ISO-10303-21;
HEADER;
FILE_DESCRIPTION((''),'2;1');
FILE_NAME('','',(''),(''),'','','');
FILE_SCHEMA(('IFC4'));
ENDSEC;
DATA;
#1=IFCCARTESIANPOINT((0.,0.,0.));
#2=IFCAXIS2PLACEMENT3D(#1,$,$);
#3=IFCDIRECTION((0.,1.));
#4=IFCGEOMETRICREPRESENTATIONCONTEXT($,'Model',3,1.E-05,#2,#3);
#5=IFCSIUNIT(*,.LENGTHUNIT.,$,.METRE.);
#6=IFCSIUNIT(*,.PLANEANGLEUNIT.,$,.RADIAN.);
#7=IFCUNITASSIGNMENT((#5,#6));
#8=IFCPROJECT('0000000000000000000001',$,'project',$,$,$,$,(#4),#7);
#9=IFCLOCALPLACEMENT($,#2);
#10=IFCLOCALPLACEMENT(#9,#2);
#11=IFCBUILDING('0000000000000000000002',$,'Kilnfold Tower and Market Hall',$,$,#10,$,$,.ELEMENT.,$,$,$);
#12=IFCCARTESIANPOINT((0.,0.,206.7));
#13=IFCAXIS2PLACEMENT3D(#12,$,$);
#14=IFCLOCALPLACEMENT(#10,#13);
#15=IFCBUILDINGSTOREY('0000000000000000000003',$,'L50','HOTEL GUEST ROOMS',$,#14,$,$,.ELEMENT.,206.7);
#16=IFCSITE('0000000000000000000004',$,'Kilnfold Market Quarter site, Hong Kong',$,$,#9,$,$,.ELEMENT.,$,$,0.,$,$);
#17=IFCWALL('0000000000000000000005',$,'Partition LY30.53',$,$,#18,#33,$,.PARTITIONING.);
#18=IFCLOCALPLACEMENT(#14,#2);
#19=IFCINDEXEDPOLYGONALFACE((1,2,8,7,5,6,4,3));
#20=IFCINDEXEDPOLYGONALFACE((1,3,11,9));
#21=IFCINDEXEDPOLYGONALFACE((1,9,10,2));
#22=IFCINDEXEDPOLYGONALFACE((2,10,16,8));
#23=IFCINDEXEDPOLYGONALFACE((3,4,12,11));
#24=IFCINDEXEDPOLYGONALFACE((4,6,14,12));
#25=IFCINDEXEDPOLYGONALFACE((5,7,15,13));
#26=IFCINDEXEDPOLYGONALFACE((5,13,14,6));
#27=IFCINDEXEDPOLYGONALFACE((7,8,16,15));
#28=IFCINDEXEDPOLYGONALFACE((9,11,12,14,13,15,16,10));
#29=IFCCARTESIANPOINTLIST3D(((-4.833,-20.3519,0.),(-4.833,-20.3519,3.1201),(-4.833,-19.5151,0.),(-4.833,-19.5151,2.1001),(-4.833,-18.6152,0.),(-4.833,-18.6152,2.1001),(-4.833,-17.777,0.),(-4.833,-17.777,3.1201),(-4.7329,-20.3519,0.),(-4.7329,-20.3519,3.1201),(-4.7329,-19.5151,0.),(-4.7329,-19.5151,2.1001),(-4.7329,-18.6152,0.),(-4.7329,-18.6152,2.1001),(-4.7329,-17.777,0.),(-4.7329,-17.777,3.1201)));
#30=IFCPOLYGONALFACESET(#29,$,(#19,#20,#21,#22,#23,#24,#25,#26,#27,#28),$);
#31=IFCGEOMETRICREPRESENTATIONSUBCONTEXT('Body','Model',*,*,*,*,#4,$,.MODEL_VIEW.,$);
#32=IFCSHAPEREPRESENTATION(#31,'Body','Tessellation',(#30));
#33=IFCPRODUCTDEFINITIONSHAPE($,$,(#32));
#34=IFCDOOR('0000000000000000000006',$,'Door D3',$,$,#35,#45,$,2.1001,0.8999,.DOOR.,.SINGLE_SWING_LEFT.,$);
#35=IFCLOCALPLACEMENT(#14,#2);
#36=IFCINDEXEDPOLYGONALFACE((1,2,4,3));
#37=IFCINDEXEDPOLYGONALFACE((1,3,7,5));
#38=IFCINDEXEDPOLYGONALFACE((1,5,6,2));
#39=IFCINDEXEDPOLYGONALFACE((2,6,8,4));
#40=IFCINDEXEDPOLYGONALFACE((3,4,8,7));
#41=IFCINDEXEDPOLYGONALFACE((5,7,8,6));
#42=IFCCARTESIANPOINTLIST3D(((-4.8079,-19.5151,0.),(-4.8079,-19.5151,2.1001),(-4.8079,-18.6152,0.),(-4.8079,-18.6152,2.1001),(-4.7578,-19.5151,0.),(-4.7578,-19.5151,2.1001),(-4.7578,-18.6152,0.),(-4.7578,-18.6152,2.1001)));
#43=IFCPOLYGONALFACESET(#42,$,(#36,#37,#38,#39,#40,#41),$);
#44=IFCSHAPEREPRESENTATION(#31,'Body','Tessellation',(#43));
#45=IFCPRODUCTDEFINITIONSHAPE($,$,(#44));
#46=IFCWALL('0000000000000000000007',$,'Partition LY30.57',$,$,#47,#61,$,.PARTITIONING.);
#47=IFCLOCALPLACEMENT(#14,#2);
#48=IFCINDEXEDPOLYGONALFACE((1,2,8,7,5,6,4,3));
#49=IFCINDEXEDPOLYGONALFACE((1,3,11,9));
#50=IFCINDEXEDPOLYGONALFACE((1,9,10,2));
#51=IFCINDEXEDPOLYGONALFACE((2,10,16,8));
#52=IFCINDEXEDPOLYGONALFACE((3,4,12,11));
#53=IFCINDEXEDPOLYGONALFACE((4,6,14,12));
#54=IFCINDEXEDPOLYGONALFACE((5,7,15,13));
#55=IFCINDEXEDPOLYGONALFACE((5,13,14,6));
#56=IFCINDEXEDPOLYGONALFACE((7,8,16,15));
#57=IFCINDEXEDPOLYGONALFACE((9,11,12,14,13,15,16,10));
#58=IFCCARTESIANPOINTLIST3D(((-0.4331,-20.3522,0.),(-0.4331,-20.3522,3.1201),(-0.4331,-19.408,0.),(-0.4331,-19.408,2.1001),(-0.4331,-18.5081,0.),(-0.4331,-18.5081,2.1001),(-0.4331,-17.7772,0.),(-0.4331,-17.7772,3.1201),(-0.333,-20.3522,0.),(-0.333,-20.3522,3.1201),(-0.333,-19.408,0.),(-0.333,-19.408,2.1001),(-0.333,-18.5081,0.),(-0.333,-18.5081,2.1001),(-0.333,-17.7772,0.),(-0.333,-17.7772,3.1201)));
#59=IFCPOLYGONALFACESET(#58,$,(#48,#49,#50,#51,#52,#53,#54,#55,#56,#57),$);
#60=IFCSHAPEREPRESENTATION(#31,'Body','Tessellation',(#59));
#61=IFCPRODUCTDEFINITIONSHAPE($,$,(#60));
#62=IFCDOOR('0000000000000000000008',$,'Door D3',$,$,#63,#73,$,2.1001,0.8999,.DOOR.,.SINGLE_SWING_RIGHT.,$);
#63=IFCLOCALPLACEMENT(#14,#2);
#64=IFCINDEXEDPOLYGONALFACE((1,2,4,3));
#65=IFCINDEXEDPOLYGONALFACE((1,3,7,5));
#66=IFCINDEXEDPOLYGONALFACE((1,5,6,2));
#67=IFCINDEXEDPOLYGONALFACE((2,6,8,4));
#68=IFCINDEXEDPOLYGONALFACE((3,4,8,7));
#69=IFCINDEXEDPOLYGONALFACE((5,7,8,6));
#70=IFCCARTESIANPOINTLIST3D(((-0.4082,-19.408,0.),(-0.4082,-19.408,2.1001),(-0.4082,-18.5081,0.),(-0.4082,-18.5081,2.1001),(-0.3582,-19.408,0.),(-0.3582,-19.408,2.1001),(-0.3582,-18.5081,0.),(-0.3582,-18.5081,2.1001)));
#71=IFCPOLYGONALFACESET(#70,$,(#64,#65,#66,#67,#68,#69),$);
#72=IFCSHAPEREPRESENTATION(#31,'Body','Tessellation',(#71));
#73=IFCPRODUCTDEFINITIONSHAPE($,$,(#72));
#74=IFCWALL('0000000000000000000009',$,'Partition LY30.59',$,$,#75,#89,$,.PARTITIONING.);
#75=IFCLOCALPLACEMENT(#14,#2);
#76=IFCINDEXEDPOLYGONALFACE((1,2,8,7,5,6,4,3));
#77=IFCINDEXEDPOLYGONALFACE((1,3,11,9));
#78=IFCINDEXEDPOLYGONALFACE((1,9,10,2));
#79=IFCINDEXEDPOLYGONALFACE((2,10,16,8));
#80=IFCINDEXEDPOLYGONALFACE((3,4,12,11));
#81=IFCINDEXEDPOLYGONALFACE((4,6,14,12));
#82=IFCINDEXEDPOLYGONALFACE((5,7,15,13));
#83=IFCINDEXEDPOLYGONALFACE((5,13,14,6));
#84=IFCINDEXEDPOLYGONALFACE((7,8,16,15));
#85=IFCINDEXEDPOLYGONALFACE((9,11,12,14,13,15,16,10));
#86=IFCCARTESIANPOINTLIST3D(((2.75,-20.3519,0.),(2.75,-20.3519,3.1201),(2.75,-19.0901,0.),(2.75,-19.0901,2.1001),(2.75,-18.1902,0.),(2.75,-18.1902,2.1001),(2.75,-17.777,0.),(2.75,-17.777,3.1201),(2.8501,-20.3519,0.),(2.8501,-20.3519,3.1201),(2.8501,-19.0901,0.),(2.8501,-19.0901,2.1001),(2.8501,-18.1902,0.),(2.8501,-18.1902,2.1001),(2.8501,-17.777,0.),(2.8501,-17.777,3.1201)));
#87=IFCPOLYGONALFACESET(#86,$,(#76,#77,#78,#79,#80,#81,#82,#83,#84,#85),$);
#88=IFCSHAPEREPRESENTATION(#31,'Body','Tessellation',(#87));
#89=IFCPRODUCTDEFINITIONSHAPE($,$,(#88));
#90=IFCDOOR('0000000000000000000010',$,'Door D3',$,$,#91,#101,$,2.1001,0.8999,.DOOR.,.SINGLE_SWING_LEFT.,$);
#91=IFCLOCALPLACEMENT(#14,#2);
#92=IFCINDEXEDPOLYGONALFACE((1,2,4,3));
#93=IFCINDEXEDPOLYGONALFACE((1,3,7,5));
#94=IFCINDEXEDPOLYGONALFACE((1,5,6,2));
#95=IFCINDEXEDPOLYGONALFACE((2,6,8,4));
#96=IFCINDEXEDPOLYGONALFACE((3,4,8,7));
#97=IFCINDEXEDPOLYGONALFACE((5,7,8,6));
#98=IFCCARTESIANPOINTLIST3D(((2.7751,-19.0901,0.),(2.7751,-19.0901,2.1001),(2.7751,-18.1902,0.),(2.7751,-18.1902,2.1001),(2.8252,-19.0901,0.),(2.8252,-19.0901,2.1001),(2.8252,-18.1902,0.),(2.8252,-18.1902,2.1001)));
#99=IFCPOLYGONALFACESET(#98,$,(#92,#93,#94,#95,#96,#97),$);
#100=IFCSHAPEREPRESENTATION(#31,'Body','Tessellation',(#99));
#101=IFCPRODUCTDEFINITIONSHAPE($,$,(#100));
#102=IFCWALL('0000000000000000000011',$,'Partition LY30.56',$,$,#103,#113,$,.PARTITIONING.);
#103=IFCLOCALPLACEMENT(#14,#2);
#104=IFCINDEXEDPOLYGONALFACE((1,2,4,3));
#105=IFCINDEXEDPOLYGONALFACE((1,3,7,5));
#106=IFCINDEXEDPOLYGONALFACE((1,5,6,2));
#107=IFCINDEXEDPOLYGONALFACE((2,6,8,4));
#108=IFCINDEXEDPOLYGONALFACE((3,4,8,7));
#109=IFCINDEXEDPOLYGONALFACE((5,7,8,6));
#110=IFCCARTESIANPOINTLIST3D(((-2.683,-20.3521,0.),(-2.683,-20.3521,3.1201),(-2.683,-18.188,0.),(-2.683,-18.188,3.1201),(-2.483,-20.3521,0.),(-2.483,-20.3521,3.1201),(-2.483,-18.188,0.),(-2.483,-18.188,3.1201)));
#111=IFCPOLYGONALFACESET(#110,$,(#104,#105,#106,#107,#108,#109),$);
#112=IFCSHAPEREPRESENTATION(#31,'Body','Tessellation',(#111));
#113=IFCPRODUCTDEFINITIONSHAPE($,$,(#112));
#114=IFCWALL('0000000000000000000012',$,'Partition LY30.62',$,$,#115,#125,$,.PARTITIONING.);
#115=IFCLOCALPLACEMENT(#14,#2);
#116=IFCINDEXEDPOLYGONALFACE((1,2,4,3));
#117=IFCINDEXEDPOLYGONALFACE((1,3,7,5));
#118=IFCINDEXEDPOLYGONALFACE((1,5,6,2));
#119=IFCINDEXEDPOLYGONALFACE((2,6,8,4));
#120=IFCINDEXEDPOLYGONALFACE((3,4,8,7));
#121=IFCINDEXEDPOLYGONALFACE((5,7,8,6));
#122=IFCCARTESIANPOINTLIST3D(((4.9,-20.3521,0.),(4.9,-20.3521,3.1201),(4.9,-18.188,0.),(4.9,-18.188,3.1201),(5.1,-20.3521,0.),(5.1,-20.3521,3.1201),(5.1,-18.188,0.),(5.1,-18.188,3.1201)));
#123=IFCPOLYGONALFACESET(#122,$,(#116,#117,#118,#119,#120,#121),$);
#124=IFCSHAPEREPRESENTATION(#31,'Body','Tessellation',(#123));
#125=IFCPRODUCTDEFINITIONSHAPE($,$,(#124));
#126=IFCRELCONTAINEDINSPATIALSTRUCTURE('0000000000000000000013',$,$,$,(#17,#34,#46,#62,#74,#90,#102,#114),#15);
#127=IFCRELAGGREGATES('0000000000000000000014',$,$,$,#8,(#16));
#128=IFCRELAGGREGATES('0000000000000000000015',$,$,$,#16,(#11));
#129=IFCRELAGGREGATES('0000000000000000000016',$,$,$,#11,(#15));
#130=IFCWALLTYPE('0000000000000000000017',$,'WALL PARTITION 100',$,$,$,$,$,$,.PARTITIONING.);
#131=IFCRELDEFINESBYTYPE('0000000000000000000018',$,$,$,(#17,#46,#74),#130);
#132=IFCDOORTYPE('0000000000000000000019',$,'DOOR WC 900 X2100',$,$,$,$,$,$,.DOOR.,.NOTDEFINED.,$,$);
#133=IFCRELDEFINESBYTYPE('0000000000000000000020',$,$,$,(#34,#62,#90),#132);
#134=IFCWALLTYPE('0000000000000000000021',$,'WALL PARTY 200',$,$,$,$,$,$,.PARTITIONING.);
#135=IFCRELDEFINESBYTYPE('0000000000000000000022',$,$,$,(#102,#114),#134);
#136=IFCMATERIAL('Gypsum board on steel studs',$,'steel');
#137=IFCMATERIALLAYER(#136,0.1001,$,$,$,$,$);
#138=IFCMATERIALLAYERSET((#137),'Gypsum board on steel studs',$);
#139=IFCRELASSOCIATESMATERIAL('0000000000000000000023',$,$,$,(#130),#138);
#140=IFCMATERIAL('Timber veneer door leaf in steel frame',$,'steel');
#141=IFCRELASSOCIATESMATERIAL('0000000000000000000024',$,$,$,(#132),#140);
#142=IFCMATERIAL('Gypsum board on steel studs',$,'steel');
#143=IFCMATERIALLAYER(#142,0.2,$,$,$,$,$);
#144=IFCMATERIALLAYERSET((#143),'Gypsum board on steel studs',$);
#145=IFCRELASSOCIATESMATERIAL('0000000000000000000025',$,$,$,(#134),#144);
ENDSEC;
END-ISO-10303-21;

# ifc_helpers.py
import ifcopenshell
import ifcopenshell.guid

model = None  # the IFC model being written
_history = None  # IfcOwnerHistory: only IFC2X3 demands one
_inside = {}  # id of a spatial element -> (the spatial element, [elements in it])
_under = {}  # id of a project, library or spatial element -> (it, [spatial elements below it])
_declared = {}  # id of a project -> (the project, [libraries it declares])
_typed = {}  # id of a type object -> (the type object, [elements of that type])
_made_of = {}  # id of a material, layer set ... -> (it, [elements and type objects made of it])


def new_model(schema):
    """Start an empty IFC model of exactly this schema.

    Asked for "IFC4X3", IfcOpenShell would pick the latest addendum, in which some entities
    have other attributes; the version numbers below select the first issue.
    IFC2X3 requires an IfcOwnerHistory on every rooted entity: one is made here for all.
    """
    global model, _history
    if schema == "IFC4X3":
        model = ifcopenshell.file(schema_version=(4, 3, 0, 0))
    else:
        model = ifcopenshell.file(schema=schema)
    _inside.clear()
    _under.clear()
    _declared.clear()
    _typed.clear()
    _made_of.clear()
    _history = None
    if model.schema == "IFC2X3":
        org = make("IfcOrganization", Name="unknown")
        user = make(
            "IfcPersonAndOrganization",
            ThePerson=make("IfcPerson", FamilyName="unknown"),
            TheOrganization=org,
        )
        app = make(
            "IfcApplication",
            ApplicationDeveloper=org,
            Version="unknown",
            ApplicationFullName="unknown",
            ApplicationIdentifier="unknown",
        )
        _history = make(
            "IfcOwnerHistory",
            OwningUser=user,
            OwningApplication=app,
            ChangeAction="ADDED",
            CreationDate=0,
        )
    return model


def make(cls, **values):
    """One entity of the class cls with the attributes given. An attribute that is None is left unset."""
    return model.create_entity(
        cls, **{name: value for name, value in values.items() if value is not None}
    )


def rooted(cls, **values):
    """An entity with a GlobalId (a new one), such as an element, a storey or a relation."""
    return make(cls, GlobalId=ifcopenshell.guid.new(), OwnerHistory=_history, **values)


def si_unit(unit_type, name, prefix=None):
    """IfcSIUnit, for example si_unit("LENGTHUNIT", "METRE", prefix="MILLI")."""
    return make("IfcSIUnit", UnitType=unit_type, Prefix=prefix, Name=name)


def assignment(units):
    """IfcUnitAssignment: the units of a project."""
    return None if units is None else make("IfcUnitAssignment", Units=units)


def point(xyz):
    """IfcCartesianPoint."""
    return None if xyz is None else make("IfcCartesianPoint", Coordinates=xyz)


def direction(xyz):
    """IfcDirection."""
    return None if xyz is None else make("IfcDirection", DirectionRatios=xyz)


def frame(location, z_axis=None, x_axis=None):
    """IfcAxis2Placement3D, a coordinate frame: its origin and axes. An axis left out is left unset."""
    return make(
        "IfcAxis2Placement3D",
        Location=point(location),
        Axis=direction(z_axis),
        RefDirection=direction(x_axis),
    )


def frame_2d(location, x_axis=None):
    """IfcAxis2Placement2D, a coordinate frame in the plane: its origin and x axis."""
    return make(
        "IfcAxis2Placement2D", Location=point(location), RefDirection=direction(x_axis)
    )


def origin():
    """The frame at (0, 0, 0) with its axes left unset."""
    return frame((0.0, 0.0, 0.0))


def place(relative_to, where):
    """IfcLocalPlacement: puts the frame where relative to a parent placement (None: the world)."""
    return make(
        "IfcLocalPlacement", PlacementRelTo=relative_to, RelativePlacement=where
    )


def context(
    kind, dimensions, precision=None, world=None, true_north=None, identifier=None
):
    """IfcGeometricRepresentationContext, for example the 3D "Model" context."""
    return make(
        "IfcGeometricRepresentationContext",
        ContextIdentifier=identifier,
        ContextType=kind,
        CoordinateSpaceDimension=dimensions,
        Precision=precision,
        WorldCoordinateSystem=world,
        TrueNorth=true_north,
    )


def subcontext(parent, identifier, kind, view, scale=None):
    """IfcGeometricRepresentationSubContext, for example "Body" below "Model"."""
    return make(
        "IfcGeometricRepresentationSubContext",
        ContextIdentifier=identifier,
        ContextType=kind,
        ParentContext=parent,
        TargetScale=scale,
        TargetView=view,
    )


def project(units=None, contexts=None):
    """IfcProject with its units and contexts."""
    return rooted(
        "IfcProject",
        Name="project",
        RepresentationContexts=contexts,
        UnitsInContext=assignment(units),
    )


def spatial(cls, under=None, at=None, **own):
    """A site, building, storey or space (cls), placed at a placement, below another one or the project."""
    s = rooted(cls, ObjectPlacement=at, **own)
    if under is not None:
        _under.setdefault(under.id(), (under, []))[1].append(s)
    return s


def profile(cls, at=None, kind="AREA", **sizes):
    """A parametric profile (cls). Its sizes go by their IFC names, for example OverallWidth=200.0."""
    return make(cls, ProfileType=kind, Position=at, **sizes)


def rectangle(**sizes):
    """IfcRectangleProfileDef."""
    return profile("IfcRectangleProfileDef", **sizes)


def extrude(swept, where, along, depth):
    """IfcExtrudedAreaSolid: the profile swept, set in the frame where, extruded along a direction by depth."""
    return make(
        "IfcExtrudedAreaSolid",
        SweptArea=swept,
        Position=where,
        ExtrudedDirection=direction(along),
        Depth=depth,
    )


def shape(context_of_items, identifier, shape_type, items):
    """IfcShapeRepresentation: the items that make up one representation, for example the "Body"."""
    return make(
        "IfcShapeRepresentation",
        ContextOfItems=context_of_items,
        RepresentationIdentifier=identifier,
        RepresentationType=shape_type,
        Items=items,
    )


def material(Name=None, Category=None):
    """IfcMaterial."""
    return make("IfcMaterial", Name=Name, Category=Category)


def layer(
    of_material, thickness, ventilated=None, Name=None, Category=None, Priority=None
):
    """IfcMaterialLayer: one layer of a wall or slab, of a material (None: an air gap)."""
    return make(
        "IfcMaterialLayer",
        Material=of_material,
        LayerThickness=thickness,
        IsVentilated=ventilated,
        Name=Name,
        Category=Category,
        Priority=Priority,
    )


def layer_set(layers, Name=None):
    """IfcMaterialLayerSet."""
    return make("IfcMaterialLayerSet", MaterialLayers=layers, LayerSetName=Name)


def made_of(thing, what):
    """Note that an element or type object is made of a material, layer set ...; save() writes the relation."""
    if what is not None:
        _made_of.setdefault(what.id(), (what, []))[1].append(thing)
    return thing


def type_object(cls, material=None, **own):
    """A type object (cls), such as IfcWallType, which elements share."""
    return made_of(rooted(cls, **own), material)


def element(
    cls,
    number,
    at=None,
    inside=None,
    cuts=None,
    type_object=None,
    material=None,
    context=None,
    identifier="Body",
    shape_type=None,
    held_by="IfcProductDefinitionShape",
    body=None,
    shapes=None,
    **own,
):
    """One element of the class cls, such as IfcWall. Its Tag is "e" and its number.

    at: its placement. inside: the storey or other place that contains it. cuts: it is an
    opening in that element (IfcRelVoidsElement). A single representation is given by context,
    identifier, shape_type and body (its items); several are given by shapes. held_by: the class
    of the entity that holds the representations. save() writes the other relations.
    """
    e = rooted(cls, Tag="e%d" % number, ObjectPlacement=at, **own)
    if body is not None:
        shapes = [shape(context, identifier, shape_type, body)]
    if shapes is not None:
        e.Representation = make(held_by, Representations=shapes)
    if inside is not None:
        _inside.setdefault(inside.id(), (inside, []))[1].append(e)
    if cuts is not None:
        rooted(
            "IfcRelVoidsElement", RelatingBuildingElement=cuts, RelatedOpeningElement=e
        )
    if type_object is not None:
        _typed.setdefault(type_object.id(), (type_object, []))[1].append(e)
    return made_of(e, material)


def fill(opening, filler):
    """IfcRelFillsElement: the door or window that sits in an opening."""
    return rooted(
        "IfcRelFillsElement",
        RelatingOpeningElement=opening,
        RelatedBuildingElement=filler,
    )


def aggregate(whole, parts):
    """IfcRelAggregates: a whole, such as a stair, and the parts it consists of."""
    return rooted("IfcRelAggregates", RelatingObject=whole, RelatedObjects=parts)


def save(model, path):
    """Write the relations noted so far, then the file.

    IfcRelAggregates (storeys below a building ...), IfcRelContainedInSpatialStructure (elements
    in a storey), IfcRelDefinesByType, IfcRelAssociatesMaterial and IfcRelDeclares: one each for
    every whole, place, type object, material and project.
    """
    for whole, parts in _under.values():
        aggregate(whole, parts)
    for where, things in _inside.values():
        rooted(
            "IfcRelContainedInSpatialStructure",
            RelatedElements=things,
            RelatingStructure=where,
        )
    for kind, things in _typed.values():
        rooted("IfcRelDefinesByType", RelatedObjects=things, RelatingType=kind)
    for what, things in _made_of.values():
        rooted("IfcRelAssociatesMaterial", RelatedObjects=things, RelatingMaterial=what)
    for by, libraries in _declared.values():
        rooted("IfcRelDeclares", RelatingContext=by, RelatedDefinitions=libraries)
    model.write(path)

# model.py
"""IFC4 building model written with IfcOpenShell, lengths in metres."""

from ifc_helpers import new_model, si_unit, direction, frame, frame_2d, origin, place, context, subcontext, project, spatial, rectangle, extrude, material, layer, layer_set, type_object, element, fill, save


model = new_model("IFC4")

# Units and contexts
model_context = context("Model", 3, precision=1e-05, world=origin(), true_north=direction((0.0, 1.0)))
body_context = subcontext(model_context, "Body", "Model", "MODEL_VIEW")
ifc_project = project(units=[si_unit("LENGTHUNIT", "METRE"), si_unit("PLANEANGLEUNIT", "RADIAN")], contexts=[model_context])

# Site, building, storey
site_placement = place(None, origin())
site = spatial("IfcSite", under=ifc_project, at=site_placement, Name="Kilnfold Market Quarter site, Hong Kong", CompositionType="ELEMENT", RefElevation=0.0)
building_placement = place(site_placement, origin())
building = spatial("IfcBuilding", under=site, at=building_placement, Name="Kilnfold Tower and Market Hall", CompositionType="ELEMENT")
storey_placement = place(building_placement, frame((0.0, 0.0, 206.7)))
storey = spatial("IfcBuildingStorey", under=building, at=storey_placement, Name="L50", Description="HOTEL GUEST ROOMS", CompositionType="ELEMENT", Elevation=206.7)

# Walls, openings, doors
ifc_material_1 = material(Name="Gypsum board on steel studs", Category="steel")
ifc_layer_1 = layer(ifc_material_1, 0.1001)
ifc_layer_set_1 = layer_set([ifc_layer_1], Name="Gypsum board on steel studs")
wall_type_1 = type_object("IfcWallType", Name="WALL PARTITION 100", PredefinedType="PARTITIONING", material=ifc_layer_set_1)
ifc_material_2 = material(Name="Timber veneer door leaf in steel frame", Category="steel")
door_type_1 = type_object("IfcDoorType", Name="DOOR WC 900 X2100", OperationType="NOTDEFINED", PredefinedType="DOOR", material=ifc_material_2)
wall_1_placement = place(storey_placement, frame((-4.783, -20.3521, 0.0), z_axis=(0.0, 0.0, 1.0), x_axis=(0.0, 1.0, 0.0)))
wall_1 = element("IfcWall", 1, at=wall_1_placement, inside=storey, type_object=wall_type_1, Name="Partition LY30.53", PredefinedType="PARTITIONING", context=body_context, shape_type="SweptSolid", body=[
    extrude(rectangle(XDim=2.575, YDim=0.1001, at=frame_2d((1.2876, 0.0))), origin(), (0.0, 0.0, 1.0), 3.1201),
])
opening_1_placement = place(wall_1_placement, frame((0.8369, 0.0, 0.0)))
opening_1 = element("IfcOpeningElement", 2, at=opening_1_placement, cuts=wall_1, PredefinedType="OPENING", context=body_context, shape_type="SweptSolid", body=[
    extrude(rectangle(XDim=0.8999, YDim=2.1001, at=frame_2d((0.45, 1.05))), frame((0.0, 0.0601, 0.0), z_axis=(0.0, -1.0, 0.0), x_axis=(1.0, 0.0, 0.0)), (0.0, 0.0, 1.0), 0.1201),
])
door_1_placement = place(opening_1_placement, origin())
door_1 = element("IfcDoor", 3, at=door_1_placement, inside=storey, type_object=door_type_1, Name="Door D3", OperationType="SINGLE_SWING_LEFT", OverallHeight=2.1001, OverallWidth=0.8999, PredefinedType="DOOR", context=body_context, shape_type="SweptSolid", body=[
    extrude(rectangle(XDim=0.8999, YDim=2.1001, at=frame_2d((0.45, 1.05))), frame((0.0, 0.0249, 0.0), z_axis=(0.0, -1.0, 0.0), x_axis=(1.0, 0.0, 0.0)), (0.0, 0.0, 1.0), 0.05),
])
fill(opening_1, door_1)
wall_2_placement = place(storey_placement, frame((-0.3831, -17.7771, 0.0), z_axis=(0.0, 0.0, 1.0), x_axis=(0.0, -1.0, 0.0)))
wall_2 = element("IfcWall", 4, at=wall_2_placement, inside=storey, type_object=wall_type_1, Name="Partition LY30.57", PredefinedType="PARTITIONING", context=body_context, shape_type="SweptSolid", body=[
    extrude(rectangle(XDim=2.575, YDim=0.1001, at=frame_2d((1.2876, 0.0))), origin(), (0.0, 0.0, 1.0), 3.1201),
])
opening_2_placement = place(wall_2_placement, frame((0.731, 0.0, 0.0)))
opening_2 = element("IfcOpeningElement", 5, at=opening_2_placement, cuts=wall_2, PredefinedType="OPENING", context=body_context, shape_type="SweptSolid", body=[
    extrude(rectangle(XDim=0.8999, YDim=2.1001, at=frame_2d((0.45, 1.05))), frame((0.0, 0.0601, 0.0), z_axis=(0.0, -1.0, 0.0), x_axis=(1.0, 0.0, 0.0)), (0.0, 0.0, 1.0), 0.1201),
])
door_2_placement = place(opening_2_placement, origin())
door_2 = element("IfcDoor", 6, at=door_2_placement, inside=storey, type_object=door_type_1, Name="Door D3", OperationType="SINGLE_SWING_RIGHT", OverallHeight=2.1001, OverallWidth=0.8999, PredefinedType="DOOR", context=body_context, shape_type="SweptSolid", body=[
    extrude(rectangle(XDim=0.8999, YDim=2.1001, at=frame_2d((0.45, 1.05))), frame((0.0, 0.0249, 0.0), z_axis=(0.0, -1.0, 0.0), x_axis=(1.0, 0.0, 0.0)), (0.0, 0.0, 1.0), 0.05),
])
fill(opening_2, door_2)
wall_3_placement = place(storey_placement, frame((2.8, -20.3521, 0.0), z_axis=(0.0, 0.0, 1.0), x_axis=(0.0, 1.0, 0.0)))
wall_3 = element("IfcWall", 7, at=wall_3_placement, inside=storey, type_object=wall_type_1, Name="Partition LY30.59", PredefinedType="PARTITIONING", context=body_context, shape_type="SweptSolid", body=[
    extrude(rectangle(XDim=2.575, YDim=0.1001, at=frame_2d((1.2876, 0.0))), origin(), (0.0, 0.0, 1.0), 3.1201),
])
opening_3_placement = place(wall_3_placement, frame((1.262, 0.0, 0.0)))
opening_3 = element("IfcOpeningElement", 8, at=opening_3_placement, cuts=wall_3, PredefinedType="OPENING", context=body_context, shape_type="SweptSolid", body=[
    extrude(rectangle(XDim=0.8999, YDim=2.1001, at=frame_2d((0.45, 1.05))), frame((0.0, 0.0601, 0.0), z_axis=(0.0, -1.0, 0.0), x_axis=(1.0, 0.0, 0.0)), (0.0, 0.0, 1.0), 0.1201),
])
door_3_placement = place(opening_3_placement, origin())
door_3 = element("IfcDoor", 9, at=door_3_placement, inside=storey, type_object=door_type_1, Name="Door D3", OperationType="SINGLE_SWING_LEFT", OverallHeight=2.1001, OverallWidth=0.8999, PredefinedType="DOOR", context=body_context, shape_type="SweptSolid", body=[
    extrude(rectangle(XDim=0.8999, YDim=2.1001, at=frame_2d((0.45, 1.05))), frame((0.0, 0.0249, 0.0), z_axis=(0.0, -1.0, 0.0), x_axis=(1.0, 0.0, 0.0)), (0.0, 0.0, 1.0), 0.05),
])
fill(opening_3, door_3)

# Walls
ifc_material_3 = material(Name="Gypsum board on steel studs", Category="steel")
ifc_layer_2 = layer(ifc_material_3, 0.2)
ifc_layer_set_2 = layer_set([ifc_layer_2], Name="Gypsum board on steel studs")
wall_type_2 = type_object("IfcWallType", Name="WALL PARTY 200", PredefinedType="PARTITIONING", material=ifc_layer_set_2)
for number, where, z_axis, x_axis, name in (
    (10, (-2.583, -20.3521, 0.0), (0.0, 0.0, 1.0), (0.0, 1.0, 0.0), "Partition LY30.56"),
    (11, (5.0, -20.3521, 0.0), (0.0, 0.0, 1.0), (0.0, 1.0, 0.0), "Partition LY30.62"),
):
    element("IfcWall", number, at=place(storey_placement, frame(where, z_axis=z_axis, x_axis=x_axis)), inside=storey, type_object=wall_type_2, Name=name, PredefinedType="PARTITIONING", context=body_context, shape_type="SweptSolid", body=[
        extrude(rectangle(XDim=2.1641, YDim=0.2, at=frame_2d((1.082, 0.0))), origin(), (0.0, 0.0, 1.0), 3.1201),
    ])

save(model, "model.ifc")
